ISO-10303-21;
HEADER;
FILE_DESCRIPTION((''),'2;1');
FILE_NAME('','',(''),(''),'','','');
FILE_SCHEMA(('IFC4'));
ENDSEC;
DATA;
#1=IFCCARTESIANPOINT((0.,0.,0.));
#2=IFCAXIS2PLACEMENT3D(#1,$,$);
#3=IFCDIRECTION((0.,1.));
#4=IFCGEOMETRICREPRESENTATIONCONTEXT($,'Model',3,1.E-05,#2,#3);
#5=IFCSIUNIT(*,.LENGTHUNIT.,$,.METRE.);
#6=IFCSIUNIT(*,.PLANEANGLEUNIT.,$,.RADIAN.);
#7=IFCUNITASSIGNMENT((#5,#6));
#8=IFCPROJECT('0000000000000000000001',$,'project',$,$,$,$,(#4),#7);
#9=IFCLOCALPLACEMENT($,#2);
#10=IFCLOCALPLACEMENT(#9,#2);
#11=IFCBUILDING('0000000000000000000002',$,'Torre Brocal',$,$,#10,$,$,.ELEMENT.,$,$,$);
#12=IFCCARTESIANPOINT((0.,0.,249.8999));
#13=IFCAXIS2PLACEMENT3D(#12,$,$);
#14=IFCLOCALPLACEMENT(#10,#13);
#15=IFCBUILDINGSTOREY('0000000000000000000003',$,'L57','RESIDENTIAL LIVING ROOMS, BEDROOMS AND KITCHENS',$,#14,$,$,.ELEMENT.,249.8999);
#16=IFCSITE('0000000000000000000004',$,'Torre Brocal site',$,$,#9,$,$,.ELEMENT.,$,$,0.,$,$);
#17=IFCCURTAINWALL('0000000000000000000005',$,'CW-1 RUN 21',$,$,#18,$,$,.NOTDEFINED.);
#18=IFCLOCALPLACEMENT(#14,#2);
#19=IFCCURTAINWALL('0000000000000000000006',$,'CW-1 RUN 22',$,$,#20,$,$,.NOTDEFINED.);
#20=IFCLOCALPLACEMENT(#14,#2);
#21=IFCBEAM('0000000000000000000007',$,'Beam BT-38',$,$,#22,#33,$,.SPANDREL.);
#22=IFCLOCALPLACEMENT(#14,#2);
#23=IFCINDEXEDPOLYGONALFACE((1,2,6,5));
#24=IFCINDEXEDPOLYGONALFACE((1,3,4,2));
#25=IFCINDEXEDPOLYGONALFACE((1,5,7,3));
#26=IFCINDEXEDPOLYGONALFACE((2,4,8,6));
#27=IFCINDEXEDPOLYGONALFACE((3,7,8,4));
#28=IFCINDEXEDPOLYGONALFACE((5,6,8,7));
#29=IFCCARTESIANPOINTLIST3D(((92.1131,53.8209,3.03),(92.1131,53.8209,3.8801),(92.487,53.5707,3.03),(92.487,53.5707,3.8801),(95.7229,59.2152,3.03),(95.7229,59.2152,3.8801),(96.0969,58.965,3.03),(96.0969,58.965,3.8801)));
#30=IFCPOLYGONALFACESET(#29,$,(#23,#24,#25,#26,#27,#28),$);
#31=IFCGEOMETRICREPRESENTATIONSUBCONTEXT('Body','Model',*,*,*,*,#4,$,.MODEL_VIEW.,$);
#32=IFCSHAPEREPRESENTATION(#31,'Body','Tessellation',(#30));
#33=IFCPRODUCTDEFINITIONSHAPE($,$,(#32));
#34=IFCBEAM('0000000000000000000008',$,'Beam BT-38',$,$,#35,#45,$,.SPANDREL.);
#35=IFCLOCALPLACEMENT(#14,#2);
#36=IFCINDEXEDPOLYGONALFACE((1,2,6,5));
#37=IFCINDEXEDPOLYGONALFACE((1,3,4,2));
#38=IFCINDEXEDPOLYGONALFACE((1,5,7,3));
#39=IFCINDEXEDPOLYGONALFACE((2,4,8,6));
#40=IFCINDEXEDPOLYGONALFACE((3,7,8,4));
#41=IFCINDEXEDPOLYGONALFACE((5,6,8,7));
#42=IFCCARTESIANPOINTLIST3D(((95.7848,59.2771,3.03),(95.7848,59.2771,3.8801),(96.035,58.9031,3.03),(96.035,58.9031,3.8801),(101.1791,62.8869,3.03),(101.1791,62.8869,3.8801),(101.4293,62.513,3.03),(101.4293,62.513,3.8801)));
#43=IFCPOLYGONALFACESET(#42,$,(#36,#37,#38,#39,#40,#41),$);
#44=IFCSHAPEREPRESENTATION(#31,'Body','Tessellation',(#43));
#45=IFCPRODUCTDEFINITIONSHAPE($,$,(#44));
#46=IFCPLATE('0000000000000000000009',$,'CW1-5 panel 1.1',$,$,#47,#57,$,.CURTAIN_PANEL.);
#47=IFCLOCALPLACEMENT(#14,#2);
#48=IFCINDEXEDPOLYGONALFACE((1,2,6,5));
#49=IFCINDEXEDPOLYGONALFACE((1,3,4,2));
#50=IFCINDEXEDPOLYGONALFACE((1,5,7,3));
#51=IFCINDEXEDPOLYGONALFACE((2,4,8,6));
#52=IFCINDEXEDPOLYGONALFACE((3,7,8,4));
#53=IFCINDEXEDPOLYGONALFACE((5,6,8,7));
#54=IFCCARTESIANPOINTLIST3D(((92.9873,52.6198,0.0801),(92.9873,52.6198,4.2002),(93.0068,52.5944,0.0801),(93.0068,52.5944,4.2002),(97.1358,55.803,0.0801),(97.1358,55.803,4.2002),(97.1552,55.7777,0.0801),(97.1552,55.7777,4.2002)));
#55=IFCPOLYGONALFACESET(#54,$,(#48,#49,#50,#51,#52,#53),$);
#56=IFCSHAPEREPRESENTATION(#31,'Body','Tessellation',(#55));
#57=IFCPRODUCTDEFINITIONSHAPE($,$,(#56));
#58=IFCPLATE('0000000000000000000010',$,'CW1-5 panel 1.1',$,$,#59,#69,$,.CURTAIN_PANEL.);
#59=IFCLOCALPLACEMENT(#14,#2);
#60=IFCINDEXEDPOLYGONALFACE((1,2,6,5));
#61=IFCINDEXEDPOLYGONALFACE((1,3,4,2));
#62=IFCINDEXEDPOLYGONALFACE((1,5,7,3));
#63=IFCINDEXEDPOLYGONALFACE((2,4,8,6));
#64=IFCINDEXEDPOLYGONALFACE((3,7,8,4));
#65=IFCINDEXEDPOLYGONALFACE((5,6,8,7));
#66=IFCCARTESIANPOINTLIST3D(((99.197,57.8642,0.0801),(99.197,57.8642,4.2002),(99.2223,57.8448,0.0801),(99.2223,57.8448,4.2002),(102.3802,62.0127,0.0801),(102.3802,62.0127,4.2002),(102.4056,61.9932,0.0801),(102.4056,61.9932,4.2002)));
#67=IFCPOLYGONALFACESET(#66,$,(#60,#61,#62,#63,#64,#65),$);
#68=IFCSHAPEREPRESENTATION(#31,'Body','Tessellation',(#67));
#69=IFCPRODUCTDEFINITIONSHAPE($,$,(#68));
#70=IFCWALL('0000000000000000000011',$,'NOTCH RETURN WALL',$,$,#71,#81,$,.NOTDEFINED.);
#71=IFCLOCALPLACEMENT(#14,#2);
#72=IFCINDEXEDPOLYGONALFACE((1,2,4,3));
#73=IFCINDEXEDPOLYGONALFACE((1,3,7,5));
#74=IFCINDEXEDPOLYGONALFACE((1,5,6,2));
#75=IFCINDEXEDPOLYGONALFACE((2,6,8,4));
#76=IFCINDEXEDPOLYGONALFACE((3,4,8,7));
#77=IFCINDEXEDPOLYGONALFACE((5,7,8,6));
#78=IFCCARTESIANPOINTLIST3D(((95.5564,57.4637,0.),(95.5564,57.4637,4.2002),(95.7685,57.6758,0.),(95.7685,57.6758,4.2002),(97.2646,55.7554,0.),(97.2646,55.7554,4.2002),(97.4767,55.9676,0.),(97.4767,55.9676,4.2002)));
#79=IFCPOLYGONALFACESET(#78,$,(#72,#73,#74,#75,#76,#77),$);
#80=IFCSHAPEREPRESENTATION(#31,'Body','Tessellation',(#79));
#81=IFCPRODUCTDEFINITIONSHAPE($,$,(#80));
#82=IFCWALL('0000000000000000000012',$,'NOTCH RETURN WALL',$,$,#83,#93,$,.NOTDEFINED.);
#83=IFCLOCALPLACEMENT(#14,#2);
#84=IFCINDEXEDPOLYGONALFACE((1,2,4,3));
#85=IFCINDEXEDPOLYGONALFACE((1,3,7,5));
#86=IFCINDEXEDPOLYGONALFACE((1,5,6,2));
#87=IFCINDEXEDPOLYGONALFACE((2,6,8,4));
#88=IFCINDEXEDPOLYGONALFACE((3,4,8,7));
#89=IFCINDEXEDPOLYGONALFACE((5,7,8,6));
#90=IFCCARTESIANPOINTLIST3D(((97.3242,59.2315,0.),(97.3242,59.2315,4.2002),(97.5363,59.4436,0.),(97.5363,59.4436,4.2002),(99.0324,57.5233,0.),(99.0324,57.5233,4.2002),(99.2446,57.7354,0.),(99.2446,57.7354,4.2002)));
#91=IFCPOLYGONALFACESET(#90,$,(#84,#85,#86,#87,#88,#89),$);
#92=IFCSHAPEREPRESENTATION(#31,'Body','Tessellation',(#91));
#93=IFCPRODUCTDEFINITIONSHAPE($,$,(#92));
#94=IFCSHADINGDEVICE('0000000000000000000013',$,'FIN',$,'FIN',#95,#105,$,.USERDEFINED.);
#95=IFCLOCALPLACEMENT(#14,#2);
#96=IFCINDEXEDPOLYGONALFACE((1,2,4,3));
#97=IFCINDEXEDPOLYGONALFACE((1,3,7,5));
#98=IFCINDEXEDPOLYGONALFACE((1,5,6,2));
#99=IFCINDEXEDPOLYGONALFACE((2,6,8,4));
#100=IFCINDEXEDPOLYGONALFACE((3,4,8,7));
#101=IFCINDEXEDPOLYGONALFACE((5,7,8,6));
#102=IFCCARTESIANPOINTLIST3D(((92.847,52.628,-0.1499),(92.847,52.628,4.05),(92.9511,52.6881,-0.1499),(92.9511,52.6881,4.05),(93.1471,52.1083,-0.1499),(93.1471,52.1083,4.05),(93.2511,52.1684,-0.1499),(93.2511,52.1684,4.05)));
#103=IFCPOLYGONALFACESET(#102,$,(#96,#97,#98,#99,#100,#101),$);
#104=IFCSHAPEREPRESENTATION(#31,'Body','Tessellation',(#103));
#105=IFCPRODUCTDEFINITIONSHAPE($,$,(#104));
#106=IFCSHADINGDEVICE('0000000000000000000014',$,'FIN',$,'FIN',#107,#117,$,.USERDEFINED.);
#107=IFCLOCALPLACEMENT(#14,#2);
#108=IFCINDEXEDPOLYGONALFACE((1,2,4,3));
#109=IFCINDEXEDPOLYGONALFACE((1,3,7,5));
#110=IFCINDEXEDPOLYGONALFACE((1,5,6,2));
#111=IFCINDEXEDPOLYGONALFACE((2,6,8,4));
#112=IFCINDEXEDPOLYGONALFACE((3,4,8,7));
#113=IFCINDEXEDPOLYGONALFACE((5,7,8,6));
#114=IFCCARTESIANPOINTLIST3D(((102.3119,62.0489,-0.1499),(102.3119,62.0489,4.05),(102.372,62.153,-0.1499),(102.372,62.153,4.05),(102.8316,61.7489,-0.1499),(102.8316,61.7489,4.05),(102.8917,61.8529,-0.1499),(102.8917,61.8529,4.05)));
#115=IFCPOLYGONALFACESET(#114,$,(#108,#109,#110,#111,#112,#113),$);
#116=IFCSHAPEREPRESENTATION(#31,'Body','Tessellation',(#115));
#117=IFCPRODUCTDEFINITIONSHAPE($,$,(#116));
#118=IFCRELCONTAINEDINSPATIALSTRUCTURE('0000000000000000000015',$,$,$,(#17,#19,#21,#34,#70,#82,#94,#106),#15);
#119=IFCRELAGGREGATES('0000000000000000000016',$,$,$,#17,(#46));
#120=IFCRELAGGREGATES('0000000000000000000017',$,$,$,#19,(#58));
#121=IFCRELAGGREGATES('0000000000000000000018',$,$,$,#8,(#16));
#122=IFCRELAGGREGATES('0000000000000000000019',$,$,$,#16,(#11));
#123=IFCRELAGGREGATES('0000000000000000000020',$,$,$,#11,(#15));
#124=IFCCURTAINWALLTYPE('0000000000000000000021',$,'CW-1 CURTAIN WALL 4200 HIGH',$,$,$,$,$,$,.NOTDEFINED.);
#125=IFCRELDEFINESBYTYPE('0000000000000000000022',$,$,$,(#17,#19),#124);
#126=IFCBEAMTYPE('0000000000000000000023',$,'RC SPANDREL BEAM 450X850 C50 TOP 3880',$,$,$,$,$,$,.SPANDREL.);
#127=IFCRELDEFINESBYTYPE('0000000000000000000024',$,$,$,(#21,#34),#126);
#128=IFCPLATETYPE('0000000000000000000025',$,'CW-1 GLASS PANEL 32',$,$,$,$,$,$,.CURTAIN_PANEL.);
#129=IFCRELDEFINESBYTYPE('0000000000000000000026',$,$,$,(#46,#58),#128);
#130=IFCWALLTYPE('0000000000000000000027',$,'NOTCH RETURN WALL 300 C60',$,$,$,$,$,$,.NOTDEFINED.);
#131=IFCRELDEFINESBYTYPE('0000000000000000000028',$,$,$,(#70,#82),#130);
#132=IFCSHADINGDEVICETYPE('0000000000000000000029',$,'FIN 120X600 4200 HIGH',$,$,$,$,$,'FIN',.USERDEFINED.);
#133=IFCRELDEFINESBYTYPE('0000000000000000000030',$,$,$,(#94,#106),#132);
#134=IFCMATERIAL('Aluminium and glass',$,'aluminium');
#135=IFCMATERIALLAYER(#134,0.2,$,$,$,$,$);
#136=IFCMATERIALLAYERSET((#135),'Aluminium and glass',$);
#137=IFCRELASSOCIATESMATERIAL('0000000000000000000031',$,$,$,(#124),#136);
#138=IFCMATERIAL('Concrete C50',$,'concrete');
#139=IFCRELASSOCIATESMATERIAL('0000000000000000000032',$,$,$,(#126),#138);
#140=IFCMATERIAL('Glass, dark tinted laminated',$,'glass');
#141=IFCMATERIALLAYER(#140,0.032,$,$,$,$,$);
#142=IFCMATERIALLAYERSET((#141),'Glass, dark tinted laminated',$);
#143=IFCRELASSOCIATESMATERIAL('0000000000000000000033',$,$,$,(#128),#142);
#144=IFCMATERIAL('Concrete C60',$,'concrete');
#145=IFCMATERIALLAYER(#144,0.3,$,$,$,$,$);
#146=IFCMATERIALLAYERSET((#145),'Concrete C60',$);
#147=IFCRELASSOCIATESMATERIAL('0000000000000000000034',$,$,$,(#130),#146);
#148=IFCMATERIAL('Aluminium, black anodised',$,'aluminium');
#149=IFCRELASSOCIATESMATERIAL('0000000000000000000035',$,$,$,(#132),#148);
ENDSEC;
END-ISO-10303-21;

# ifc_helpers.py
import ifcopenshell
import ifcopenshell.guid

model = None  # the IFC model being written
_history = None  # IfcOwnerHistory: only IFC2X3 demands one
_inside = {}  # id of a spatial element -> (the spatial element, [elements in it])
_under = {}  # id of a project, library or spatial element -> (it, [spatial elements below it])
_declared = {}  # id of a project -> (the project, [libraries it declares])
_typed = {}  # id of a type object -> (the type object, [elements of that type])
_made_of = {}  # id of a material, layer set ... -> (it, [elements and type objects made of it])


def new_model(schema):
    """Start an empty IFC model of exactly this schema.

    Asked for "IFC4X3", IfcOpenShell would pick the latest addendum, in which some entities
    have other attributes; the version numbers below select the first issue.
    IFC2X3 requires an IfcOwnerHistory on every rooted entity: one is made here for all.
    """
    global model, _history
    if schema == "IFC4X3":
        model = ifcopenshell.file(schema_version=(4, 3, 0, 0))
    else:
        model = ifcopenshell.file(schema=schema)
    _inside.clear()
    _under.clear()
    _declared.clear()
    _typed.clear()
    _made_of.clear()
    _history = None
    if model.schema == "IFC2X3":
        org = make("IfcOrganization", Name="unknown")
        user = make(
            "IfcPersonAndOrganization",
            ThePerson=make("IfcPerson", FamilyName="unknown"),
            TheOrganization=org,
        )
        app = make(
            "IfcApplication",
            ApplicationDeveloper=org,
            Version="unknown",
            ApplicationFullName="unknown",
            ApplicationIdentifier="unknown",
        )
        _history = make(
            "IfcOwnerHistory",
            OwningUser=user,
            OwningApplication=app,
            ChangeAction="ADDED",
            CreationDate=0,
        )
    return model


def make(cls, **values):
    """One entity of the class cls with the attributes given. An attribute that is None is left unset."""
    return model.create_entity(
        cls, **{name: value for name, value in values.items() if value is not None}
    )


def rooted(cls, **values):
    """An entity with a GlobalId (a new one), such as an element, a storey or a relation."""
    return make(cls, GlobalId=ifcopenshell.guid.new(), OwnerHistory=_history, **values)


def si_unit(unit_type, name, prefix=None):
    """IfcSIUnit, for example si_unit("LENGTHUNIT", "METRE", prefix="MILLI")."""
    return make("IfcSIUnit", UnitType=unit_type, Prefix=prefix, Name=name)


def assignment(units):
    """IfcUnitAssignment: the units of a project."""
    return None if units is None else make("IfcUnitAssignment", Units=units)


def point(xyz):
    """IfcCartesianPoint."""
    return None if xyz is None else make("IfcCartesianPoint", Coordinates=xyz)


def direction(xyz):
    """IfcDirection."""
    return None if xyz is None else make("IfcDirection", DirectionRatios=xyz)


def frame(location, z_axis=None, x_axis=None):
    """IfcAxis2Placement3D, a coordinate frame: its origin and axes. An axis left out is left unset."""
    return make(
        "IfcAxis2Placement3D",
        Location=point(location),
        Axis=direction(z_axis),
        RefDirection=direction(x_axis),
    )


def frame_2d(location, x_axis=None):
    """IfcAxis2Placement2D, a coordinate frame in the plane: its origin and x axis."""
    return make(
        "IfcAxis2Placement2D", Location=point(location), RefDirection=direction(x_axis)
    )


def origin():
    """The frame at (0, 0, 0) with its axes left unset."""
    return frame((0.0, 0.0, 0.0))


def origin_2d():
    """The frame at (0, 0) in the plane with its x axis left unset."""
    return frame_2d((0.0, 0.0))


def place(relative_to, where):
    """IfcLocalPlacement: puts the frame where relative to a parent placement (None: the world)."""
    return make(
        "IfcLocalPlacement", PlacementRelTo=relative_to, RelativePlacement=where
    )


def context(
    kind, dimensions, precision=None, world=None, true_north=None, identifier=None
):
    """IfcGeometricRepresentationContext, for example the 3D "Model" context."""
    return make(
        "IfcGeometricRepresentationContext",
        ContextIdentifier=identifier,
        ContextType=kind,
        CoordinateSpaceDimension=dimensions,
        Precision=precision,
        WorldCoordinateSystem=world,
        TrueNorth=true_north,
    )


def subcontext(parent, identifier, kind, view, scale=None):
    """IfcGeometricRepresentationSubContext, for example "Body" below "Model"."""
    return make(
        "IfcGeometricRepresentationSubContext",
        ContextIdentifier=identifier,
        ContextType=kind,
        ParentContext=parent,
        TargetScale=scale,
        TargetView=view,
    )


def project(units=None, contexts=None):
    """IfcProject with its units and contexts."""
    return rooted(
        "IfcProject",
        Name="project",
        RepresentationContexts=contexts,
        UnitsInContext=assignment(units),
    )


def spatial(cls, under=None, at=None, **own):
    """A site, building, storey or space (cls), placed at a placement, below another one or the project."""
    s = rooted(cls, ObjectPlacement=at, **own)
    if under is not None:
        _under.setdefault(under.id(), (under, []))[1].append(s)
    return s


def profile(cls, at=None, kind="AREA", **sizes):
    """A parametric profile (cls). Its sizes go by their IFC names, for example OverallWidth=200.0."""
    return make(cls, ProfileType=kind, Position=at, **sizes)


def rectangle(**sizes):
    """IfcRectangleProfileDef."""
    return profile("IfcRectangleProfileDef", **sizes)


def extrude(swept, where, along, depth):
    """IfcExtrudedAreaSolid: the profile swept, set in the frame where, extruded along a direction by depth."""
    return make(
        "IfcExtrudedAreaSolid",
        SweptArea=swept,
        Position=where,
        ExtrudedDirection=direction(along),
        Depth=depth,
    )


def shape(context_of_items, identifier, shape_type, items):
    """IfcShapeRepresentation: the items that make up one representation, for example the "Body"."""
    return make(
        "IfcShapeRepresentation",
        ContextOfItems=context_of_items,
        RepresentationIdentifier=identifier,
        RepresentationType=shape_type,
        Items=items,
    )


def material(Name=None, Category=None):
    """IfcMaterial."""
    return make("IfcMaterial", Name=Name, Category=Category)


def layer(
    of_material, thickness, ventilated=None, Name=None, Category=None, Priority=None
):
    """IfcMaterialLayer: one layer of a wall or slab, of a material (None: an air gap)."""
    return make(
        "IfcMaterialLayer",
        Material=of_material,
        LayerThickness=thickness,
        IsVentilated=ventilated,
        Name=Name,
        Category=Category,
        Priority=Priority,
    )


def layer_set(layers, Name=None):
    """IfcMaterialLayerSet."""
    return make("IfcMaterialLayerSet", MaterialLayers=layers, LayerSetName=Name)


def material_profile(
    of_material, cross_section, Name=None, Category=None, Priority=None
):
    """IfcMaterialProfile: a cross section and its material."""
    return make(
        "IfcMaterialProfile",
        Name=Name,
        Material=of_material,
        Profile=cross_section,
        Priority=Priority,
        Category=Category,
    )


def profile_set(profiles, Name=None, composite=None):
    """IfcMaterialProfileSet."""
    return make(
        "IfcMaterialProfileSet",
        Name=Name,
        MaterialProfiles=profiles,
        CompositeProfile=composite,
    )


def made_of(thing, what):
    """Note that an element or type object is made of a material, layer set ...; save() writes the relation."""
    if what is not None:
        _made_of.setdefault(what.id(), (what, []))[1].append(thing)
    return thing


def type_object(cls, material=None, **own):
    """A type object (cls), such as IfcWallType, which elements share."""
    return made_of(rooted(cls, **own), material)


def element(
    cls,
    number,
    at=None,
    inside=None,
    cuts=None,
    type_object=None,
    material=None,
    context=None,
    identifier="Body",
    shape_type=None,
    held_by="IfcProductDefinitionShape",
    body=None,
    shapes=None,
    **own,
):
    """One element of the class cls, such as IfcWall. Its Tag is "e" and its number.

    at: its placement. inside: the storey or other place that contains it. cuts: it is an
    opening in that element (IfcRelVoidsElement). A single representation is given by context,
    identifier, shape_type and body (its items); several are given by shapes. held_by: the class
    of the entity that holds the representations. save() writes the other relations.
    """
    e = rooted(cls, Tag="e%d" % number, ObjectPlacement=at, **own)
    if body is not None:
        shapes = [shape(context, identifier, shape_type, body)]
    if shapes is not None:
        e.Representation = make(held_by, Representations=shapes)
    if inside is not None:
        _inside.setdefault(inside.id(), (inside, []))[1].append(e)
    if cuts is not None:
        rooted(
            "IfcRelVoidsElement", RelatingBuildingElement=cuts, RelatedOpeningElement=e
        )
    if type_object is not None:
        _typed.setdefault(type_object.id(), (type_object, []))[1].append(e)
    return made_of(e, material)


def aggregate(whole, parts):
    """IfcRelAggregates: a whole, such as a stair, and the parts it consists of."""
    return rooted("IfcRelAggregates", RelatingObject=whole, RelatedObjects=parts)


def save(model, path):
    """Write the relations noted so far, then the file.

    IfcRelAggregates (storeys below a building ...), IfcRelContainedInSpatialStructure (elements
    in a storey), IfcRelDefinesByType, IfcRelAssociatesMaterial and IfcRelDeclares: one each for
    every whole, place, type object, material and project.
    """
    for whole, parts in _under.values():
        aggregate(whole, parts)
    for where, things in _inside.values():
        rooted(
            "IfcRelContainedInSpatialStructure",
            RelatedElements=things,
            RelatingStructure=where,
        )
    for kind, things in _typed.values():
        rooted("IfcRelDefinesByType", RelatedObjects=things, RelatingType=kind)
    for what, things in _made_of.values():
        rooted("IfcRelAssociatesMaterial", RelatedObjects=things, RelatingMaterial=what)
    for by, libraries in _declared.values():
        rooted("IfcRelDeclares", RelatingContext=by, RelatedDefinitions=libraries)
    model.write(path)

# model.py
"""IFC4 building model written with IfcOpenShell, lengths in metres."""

from ifc_helpers import new_model, si_unit, direction, frame, frame_2d, origin, origin_2d, place, context, subcontext, project, spatial, rectangle, extrude, material, layer, layer_set, material_profile, profile_set, type_object, element, aggregate, save


model = new_model("IFC4")

# Units and contexts
model_context = context("Model", 3, precision=1e-05, world=origin(), true_north=direction((0.0, 1.0)))
body_context = subcontext(model_context, "Body", "Model", "MODEL_VIEW")
ifc_project = project(units=[si_unit("LENGTHUNIT", "METRE"), si_unit("PLANEANGLEUNIT", "RADIAN")], contexts=[model_context])

# Site, building, storey
site_placement = place(None, origin())
site = spatial("IfcSite", under=ifc_project, at=site_placement, Name="Torre Brocal site", CompositionType="ELEMENT", RefElevation=0.0)
building_placement = place(site_placement, origin())
building = spatial("IfcBuilding", under=site, at=building_placement, Name="Torre Brocal", CompositionType="ELEMENT")
storey_placement = place(building_placement, frame((0.0, 0.0, 249.8999)))
storey = spatial("IfcBuildingStorey", under=building, at=storey_placement, Name="L57", Description="RESIDENTIAL LIVING ROOMS, BEDROOMS AND KITCHENS", CompositionType="ELEMENT", Elevation=249.8999)

# Shared definitions
ifc_material_1 = material(Name="Aluminium and glass", Category="aluminium")
ifc_layer_1 = layer(ifc_material_1, 0.2)
ifc_layer_set_1 = layer_set([ifc_layer_1], Name="Aluminium and glass")
curtain_wall_type = type_object("IfcCurtainWallType", Name="CW-1 CURTAIN WALL 4200 HIGH", PredefinedType="NOTDEFINED", material=ifc_layer_set_1)

# Curtain walls
curtain_wall_1_placement = place(storey_placement, origin())
curtain_wall_1 = element("IfcCurtainWall", 1, at=curtain_wall_1_placement, inside=storey, type_object=curtain_wall_type, Name="CW-1 RUN 21", PredefinedType="NOTDEFINED")
curtain_wall_2_placement = place(storey_placement, origin())
curtain_wall_2 = element("IfcCurtainWall", 2, at=curtain_wall_2_placement, inside=storey, type_object=curtain_wall_type, Name="CW-1 RUN 22", PredefinedType="NOTDEFINED")

# Beams
ifc_material_2 = material(Name="Concrete C50", Category="concrete")
ifc_material_profile_1 = material_profile(ifc_material_2, rectangle(XDim=0.45, YDim=0.8501, at=origin_2d()), Name="RC 450X850")
ifc_profile_set_1 = profile_set([ifc_material_profile_1], Name="Concrete C50")
beam_type_1 = type_object("IfcBeamType", Name="RC SPANDREL BEAM 450X850 C50 TOP 3880", PredefinedType="SPANDREL", material=ifc_profile_set_1)
for number, where, z_axis, x_axis, name in (
    (3, (92.3, 53.6958, 3.4551), (0.556158, 0.831077, 0.0), (-0.831077, 0.556158, 0.0), "Beam BT-38"),
    (4, (95.9099, 59.0901, 3.4551), (0.831077, 0.556158, 0.0), (-0.556158, 0.831077, 0.0), "Beam BT-38"),
):
    element("IfcBeam", number, at=place(storey_placement, frame(where, z_axis=z_axis, x_axis=x_axis)), inside=storey, type_object=beam_type_1, Name=name, PredefinedType="SPANDREL", context=body_context, shape_type="SweptSolid", body=[
        extrude(rectangle(XDim=0.45, YDim=0.8501, at=origin_2d()), origin(), (0.0, 0.0, 1.0), 6.4907),
    ])

# Plates
ifc_material_3 = material(Name="Glass, dark tinted laminated", Category="glass")
ifc_layer_2 = layer(ifc_material_3, 0.032)
ifc_layer_set_2 = layer_set([ifc_layer_2], Name="Glass, dark tinted laminated")
plate_type = type_object("IfcPlateType", Name="CW-1 GLASS PANEL 32", PredefinedType="CURTAIN_PANEL", material=ifc_layer_set_2)
plate_1_placement = place(storey_placement, frame((95.0713, 54.1987, 0.0801), z_axis=(0.0, 0.0, 1.0), x_axis=(0.793353, 0.608761, 0.0)))
plate_1 = element("IfcPlate", 5, at=plate_1_placement, type_object=plate_type, Name="CW1-5 panel 1.1", PredefinedType="CURTAIN_PANEL", context=body_context, shape_type="SweptSolid", body=[
    extrude(rectangle(XDim=5.229, YDim=0.032, at=origin_2d()), origin(), (0.0, 0.0, 1.0), 4.1201),
])
aggregate(curtain_wall_1, [plate_1])
plate_2_placement = place(storey_placement, frame((100.8013, 59.9287, 0.0801), z_axis=(0.0, 0.0, 1.0), x_axis=(0.608761, 0.793353, 0.0)))
plate_2 = element("IfcPlate", 6, at=plate_2_placement, type_object=plate_type, Name="CW1-5 panel 1.1", PredefinedType="CURTAIN_PANEL", context=body_context, shape_type="SweptSolid", body=[
    extrude(rectangle(XDim=5.229, YDim=0.032, at=origin_2d()), origin(), (0.0, 0.0, 1.0), 4.1201),
])
aggregate(curtain_wall_2, [plate_2])

# Walls
ifc_material_4 = material(Name="Concrete C60", Category="concrete")
ifc_layer_3 = layer(ifc_material_4, 0.3)
ifc_layer_set_3 = layer_set([ifc_layer_3], Name="Concrete C60")
wall_type = type_object("IfcWallType", Name="NOTCH RETURN WALL 300 C60", PredefinedType="NOTDEFINED", material=ifc_layer_set_3)
for number, where, z_axis, x_axis, name in (
    (7, (95.6624, 57.5698, 0.0), (0.0, 0.0, 1.0), (0.707107, -0.707107, 0.0), "NOTCH RETURN WALL"),
    (8, (97.4302, 59.3376, 0.0), (0.0, 0.0, 1.0), (0.707107, -0.707107, 0.0), "NOTCH RETURN WALL"),
):
    element("IfcWall", number, at=place(storey_placement, frame(where, z_axis=z_axis, x_axis=x_axis)), inside=storey, type_object=wall_type, Name=name, PredefinedType="NOTDEFINED", context=body_context, shape_type="SweptSolid", body=[
        extrude(rectangle(XDim=2.4158, YDim=0.3, at=frame_2d((1.208, 0.0))), origin(), (0.0, 0.0, 1.0), 4.2002),
    ])

# Shading devices
ifc_material_5 = material(Name="Aluminium, black anodised", Category="aluminium")
ifc_material_profile_2 = material_profile(ifc_material_5, rectangle(XDim=0.1201, YDim=0.6001, at=origin_2d()), Name="FIN 120X600 4200 HIGH")
ifc_profile_set_2 = profile_set([ifc_material_profile_2], Name="Aluminium, black anodised")
shading_device_type = type_object("IfcShadingDeviceType", Name="FIN 120X600 4200 HIGH", ElementType="FIN", PredefinedType="USERDEFINED", material=ifc_profile_set_2)
for number, where, z_axis, x_axis, name in (
    (9, (93.0491, 52.3982, -0.1499), (0.0, 0.0, 1.0), (0.866025, 0.5, 0.0), "FIN"),
    (10, (102.6018, 61.9509, -0.1499), (0.0, 0.0, 1.0), (0.5, 0.866025, 0.0), "FIN"),
):
    element("IfcShadingDevice", number, at=place(storey_placement, frame(where, z_axis=z_axis, x_axis=x_axis)), inside=storey, type_object=shading_device_type, Name=name, ObjectType="FIN", PredefinedType="USERDEFINED", context=body_context, shape_type="SweptSolid", body=[
        extrude(rectangle(XDim=0.1201, YDim=0.6001, at=origin_2d()), origin(), (0.0, 0.0, 1.0), 4.2),
    ])

save(model, "model.ifc")
